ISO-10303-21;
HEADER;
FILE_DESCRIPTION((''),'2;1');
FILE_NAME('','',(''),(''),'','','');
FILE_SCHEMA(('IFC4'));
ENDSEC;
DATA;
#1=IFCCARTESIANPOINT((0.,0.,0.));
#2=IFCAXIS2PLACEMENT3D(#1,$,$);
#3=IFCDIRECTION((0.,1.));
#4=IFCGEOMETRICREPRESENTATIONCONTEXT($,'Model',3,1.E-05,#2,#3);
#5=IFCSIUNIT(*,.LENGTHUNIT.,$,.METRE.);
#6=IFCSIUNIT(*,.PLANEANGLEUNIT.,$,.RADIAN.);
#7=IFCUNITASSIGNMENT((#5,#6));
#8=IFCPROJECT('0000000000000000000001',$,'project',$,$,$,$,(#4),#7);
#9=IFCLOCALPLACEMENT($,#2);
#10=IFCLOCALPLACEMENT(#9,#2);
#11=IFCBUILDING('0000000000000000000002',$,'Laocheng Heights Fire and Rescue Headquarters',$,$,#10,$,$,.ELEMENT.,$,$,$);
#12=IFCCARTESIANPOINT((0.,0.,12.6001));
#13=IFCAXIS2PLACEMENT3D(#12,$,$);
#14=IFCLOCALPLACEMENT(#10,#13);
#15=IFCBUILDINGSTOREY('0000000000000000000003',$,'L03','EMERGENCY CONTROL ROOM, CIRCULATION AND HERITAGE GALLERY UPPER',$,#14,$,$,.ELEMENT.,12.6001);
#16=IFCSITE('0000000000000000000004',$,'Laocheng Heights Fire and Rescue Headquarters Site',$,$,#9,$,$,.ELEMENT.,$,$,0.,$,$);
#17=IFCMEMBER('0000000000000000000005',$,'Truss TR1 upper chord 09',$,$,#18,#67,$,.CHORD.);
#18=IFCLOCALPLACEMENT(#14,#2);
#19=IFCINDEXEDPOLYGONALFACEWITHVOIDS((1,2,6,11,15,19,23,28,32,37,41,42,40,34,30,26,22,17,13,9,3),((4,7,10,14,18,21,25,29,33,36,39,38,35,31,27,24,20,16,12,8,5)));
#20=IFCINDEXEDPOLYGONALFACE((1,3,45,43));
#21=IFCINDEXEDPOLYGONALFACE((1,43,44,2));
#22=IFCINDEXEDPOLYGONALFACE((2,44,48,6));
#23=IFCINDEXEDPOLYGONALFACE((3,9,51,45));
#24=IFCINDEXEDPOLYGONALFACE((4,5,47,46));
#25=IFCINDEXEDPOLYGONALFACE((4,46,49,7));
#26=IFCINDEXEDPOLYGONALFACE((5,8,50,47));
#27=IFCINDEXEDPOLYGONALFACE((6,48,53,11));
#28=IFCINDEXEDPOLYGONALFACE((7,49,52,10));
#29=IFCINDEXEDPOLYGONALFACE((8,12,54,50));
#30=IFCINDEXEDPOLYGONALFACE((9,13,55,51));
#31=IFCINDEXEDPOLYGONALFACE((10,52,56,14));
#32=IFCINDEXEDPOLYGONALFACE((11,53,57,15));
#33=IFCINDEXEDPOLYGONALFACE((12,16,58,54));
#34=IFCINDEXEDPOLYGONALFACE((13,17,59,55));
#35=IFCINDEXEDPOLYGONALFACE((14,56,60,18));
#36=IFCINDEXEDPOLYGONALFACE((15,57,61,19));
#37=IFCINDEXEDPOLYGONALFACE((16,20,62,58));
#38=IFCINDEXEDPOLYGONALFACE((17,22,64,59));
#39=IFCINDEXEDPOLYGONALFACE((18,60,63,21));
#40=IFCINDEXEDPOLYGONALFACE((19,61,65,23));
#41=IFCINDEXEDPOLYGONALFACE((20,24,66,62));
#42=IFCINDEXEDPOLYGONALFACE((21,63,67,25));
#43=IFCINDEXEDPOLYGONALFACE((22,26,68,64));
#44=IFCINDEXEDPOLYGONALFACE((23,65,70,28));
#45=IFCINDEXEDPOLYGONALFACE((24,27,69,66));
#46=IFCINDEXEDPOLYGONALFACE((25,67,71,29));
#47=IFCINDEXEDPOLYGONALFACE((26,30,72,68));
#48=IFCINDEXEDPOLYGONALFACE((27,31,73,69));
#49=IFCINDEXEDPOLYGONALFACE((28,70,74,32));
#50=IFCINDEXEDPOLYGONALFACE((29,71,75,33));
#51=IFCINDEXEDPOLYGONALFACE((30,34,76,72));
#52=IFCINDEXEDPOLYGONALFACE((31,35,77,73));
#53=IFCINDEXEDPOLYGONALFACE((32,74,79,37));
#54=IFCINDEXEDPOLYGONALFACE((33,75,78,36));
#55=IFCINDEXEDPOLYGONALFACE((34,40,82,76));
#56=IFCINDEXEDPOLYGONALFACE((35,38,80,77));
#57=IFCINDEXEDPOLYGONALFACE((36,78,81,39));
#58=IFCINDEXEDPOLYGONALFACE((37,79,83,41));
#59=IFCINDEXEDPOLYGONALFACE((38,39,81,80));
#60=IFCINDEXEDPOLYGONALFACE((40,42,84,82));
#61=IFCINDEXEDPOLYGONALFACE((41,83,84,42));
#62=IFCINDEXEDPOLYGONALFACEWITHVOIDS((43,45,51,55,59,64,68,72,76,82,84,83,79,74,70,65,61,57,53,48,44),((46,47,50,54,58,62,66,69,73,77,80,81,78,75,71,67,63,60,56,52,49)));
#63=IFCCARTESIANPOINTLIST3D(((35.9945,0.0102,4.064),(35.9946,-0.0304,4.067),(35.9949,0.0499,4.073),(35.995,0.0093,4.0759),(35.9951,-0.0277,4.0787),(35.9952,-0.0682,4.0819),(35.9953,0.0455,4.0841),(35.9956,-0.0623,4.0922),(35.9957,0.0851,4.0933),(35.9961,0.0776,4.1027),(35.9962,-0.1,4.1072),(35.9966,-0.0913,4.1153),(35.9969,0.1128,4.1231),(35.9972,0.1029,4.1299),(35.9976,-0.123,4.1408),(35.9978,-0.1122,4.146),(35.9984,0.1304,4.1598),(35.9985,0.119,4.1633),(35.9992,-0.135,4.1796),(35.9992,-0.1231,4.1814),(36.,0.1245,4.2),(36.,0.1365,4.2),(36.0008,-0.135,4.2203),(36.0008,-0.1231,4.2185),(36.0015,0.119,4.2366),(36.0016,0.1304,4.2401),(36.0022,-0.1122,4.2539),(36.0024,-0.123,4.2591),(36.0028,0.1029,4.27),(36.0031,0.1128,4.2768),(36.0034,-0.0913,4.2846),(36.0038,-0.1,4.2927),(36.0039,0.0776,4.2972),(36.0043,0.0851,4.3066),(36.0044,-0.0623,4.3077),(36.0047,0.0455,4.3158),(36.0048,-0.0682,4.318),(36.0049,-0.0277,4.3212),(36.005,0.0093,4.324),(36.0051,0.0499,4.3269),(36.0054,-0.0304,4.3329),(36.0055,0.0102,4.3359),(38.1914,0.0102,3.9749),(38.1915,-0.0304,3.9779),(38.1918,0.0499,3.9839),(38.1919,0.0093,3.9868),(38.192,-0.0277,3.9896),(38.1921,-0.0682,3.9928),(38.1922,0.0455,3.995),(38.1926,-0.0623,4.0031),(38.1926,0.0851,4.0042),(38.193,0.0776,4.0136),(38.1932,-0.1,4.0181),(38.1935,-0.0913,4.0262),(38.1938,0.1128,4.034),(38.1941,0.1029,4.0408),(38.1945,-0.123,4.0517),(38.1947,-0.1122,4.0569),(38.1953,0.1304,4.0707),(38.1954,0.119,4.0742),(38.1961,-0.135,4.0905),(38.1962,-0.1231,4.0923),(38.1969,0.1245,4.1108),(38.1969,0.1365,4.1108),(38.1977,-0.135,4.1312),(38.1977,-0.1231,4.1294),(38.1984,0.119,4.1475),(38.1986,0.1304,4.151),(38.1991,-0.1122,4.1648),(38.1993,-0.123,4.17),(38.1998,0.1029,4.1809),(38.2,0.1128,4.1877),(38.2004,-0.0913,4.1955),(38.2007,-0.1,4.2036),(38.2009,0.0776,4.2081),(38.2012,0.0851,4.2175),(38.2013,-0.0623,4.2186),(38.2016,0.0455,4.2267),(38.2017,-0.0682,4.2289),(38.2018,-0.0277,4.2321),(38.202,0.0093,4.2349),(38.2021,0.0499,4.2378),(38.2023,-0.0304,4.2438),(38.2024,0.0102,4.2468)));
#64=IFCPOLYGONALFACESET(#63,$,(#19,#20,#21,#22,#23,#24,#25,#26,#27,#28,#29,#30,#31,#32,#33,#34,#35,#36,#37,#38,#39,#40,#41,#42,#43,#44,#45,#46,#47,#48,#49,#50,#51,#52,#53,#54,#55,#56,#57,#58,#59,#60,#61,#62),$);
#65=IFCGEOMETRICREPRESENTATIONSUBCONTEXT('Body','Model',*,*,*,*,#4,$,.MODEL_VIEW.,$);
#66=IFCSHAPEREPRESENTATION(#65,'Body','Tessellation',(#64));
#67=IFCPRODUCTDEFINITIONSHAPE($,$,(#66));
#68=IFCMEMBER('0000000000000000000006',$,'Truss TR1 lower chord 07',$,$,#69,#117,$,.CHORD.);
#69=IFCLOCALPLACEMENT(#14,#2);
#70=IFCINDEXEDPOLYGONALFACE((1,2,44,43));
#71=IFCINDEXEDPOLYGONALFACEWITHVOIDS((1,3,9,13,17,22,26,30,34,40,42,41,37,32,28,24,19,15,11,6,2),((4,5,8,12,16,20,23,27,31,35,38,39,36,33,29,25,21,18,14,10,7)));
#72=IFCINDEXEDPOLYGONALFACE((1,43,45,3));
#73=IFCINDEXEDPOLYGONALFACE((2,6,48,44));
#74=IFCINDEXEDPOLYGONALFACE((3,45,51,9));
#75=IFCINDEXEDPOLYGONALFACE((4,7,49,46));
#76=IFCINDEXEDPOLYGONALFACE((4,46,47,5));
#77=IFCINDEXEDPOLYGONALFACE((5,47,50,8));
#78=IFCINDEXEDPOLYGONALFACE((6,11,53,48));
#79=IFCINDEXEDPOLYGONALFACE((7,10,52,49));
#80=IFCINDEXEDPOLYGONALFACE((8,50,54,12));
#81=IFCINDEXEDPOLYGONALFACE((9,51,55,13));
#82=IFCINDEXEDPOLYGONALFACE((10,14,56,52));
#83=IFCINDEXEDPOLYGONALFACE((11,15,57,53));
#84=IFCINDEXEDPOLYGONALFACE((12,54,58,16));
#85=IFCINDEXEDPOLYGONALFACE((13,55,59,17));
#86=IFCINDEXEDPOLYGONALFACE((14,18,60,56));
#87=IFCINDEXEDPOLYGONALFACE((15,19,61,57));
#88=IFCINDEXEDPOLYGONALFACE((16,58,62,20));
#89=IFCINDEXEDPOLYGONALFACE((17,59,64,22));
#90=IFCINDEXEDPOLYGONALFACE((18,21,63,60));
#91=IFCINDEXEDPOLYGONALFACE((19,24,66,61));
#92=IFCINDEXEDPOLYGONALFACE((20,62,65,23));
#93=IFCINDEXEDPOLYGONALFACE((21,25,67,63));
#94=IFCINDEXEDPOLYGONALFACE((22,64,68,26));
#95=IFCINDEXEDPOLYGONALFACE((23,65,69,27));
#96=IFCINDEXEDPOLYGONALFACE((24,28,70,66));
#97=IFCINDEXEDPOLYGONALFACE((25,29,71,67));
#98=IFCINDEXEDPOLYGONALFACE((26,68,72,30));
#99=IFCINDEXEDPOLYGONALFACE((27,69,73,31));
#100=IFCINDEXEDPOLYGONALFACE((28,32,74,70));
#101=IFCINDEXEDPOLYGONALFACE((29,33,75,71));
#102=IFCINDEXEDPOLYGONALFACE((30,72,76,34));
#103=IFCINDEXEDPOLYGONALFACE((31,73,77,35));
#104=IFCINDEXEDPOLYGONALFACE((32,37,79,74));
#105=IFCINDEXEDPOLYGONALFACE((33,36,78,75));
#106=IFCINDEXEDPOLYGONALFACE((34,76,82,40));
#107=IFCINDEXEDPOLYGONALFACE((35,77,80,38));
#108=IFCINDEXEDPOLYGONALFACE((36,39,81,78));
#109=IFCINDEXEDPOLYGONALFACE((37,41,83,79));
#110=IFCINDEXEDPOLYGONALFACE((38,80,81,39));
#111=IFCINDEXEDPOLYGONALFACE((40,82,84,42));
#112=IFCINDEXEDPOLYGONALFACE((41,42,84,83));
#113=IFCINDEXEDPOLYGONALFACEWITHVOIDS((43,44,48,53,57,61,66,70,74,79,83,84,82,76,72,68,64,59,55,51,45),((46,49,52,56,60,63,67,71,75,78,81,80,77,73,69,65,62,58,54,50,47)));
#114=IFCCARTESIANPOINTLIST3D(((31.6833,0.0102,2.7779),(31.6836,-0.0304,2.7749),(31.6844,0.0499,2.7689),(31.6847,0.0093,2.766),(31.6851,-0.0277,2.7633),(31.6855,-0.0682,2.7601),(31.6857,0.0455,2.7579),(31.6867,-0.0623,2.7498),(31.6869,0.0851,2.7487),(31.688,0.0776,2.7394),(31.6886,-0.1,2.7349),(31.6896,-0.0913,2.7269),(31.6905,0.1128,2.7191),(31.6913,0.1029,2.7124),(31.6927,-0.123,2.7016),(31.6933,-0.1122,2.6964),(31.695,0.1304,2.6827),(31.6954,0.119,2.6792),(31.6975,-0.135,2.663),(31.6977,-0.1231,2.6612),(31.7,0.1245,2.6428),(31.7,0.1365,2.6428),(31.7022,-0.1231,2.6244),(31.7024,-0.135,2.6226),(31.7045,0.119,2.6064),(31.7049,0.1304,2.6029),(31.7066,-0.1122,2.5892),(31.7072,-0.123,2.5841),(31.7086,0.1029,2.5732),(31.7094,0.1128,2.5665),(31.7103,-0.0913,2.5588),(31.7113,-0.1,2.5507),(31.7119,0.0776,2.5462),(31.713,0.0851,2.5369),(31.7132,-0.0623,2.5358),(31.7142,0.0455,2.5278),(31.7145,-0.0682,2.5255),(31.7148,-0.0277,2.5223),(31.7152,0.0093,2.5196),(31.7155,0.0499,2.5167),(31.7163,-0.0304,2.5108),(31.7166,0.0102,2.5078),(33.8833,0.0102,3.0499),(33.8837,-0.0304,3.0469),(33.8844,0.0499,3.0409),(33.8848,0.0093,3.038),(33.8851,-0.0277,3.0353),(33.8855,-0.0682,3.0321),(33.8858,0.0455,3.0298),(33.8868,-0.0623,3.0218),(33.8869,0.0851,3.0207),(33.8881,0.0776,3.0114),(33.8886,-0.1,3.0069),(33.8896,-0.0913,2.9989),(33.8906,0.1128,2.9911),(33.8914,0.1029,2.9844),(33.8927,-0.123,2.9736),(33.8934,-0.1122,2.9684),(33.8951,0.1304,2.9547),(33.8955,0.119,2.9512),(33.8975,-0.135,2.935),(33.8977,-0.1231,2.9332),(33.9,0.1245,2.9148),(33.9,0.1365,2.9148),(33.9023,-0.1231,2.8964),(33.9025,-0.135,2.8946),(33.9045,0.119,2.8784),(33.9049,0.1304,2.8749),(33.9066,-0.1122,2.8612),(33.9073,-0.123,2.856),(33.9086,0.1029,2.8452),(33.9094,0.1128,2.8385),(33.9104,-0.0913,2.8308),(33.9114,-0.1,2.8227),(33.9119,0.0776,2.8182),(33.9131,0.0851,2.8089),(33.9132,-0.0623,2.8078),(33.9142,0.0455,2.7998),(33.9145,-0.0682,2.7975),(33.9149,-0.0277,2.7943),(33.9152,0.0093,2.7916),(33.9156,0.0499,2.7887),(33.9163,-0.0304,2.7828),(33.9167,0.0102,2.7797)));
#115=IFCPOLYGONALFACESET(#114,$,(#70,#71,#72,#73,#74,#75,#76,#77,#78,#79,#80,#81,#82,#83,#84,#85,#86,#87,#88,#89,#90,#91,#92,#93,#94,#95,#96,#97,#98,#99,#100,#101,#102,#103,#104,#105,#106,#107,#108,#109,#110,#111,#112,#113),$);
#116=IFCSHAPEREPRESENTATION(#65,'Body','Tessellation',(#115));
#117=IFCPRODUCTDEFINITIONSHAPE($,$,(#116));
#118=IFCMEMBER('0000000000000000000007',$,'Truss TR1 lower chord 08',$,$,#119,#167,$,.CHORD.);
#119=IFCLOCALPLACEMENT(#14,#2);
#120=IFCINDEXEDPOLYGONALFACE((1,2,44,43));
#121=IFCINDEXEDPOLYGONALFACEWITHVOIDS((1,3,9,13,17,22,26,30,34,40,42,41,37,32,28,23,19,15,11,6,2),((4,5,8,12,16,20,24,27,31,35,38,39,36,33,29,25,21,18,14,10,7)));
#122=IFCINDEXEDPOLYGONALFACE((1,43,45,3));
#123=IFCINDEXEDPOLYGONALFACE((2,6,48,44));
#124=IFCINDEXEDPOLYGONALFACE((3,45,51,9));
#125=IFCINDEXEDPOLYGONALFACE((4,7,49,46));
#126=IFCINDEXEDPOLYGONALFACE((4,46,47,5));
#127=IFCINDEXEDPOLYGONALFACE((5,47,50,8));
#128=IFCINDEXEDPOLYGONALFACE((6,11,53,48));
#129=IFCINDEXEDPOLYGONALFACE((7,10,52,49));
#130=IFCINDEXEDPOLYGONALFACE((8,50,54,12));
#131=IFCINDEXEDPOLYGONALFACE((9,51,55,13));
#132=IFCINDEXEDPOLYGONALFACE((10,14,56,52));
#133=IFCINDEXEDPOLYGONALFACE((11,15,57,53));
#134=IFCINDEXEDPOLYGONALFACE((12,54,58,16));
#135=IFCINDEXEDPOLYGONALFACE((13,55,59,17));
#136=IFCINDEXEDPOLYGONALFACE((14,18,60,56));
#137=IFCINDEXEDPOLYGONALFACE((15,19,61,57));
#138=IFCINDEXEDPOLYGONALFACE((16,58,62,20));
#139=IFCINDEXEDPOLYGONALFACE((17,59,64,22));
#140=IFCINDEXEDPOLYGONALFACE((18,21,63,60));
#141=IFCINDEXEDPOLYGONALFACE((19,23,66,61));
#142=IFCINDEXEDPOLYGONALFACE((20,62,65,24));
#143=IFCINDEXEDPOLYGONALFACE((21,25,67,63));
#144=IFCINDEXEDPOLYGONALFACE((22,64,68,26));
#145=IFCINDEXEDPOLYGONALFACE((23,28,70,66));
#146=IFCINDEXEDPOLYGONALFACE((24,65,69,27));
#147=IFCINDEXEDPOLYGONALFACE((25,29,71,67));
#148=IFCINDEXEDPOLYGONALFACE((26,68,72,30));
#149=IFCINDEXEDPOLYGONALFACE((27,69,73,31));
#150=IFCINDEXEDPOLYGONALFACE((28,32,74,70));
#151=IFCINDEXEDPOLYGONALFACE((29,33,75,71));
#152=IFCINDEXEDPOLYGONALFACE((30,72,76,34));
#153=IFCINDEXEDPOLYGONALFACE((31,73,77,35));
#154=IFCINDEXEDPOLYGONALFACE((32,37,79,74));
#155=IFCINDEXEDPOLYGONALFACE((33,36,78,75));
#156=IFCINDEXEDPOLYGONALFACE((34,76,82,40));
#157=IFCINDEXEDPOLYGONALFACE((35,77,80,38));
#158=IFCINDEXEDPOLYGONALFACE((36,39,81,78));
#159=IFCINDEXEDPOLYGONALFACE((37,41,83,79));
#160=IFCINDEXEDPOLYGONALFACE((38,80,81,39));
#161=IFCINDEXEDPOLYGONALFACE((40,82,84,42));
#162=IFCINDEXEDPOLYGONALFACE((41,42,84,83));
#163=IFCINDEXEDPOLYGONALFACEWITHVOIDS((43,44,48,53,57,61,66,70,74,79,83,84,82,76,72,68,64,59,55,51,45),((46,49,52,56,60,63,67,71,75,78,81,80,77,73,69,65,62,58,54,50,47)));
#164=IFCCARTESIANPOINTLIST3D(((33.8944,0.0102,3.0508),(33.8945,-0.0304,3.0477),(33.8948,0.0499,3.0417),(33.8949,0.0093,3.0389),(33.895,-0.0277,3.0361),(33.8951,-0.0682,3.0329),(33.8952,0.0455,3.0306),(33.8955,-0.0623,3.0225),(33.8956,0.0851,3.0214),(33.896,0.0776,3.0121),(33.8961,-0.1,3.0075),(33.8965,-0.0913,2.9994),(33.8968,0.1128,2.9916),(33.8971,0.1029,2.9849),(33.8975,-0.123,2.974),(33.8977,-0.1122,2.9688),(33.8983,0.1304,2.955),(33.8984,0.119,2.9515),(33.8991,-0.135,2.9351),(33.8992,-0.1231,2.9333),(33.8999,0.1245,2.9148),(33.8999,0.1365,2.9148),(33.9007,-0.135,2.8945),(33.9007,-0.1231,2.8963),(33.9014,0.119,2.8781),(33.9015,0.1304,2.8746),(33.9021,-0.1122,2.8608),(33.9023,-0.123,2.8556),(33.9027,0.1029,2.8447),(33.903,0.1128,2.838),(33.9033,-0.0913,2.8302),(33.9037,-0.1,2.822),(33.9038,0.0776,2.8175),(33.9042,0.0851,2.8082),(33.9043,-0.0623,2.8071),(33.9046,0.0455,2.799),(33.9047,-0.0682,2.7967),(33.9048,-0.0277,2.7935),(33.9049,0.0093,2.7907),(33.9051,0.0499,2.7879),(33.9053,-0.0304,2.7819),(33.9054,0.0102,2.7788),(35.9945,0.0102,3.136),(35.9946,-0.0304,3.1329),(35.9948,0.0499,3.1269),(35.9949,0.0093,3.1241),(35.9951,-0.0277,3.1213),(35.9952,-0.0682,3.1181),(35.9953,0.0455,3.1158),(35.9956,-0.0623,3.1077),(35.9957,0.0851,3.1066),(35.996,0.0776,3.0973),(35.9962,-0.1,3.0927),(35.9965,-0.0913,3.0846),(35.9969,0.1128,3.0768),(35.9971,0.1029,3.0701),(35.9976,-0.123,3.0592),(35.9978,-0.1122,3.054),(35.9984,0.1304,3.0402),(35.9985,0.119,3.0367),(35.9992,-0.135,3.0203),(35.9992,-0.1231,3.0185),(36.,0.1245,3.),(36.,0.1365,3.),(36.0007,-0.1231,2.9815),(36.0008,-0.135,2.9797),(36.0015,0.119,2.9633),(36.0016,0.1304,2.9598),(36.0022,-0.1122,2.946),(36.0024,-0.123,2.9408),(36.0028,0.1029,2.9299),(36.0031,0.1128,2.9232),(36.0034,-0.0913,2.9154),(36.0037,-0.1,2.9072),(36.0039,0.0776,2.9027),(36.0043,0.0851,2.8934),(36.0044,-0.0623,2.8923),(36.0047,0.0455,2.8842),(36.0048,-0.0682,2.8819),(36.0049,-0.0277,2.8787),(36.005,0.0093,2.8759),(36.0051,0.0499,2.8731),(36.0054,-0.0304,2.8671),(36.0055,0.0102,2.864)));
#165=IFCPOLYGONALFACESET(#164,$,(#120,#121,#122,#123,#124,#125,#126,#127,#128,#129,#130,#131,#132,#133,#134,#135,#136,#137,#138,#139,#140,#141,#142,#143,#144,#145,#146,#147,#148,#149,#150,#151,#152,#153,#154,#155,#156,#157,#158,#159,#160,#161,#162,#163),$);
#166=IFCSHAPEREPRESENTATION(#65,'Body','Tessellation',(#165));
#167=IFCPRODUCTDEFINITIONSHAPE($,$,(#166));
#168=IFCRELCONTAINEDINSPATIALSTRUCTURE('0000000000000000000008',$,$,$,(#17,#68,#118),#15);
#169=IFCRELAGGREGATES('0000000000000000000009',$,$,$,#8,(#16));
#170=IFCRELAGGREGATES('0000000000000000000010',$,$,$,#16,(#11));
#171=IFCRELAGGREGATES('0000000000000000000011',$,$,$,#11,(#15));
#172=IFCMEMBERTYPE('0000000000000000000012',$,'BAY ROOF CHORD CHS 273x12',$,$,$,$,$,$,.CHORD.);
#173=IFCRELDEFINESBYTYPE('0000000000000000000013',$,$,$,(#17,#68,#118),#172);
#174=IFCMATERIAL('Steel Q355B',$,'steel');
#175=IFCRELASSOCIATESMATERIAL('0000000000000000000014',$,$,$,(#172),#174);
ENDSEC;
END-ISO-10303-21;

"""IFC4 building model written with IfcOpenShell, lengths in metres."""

from ifc_helpers import new_model, si_unit, direction, frame, origin, origin_2d, place, context, subcontext, project, spatial, hollow_circle, extrude, material, material_profile, profile_set, type_object, element, save


model = new_model("IFC4")

# Units and contexts
model_context = context("Model", 3, precision=1e-05, world=origin(), true_north=direction((0.0, 1.0)))
body_context = subcontext(model_context, "Body", "Model", "MODEL_VIEW")
ifc_project = project(units=[si_unit("LENGTHUNIT", "METRE"), si_unit("PLANEANGLEUNIT", "RADIAN")], contexts=[model_context])

# Site, building, storey
site_placement = place(None, origin())
site = spatial("IfcSite", under=ifc_project, at=site_placement, Name="Laocheng Heights Fire and Rescue Headquarters Site", CompositionType="ELEMENT", RefElevation=0.0)
building_placement = place(site_placement, origin())
building = spatial("IfcBuilding", under=site, at=building_placement, Name="Laocheng Heights Fire and Rescue Headquarters", CompositionType="ELEMENT")
storey_placement = place(building_placement, frame((0.0, 0.0, 12.6001)))
storey = spatial("IfcBuildingStorey", under=building, at=storey_placement, Name="L03", Description="EMERGENCY CONTROL ROOM, CIRCULATION AND HERITAGE GALLERY UPPER", CompositionType="ELEMENT", Elevation=12.6001)

# Members
ifc_material_1 = material(Name="Steel Q355B", Category="steel")
ifc_material_profile_1 = material_profile(ifc_material_1, hollow_circle(Radius=0.1365, WallThickness=0.012, at=origin_2d()), Name="CHS 273x12")
ifc_profile_set_1 = profile_set([ifc_material_profile_1], Name="Steel Q355B")
member_type_1 = type_object("IfcMemberType", Name="BAY ROOF CHORD CHS 273x12", PredefinedType="CHORD", material=ifc_profile_set_1)
for number, where, z_axis, x_axis, name in (
    (1, (36.0, 0.0, 4.2), (0.999178, 0.0, -0.040527), (0.0, 1.0, 0.0), "Truss TR1 upper chord 09"),
):
    element("IfcMember", number, at=place(storey_placement, frame(where, z_axis=z_axis, x_axis=x_axis)), inside=storey, type_object=member_type_1, Name=name, PredefinedType="CHORD", context=body_context, shape_type="SweptSolid", body=[
        extrude(hollow_circle(Radius=0.1365, WallThickness=0.012, at=origin_2d()), origin(), (0.0, 0.0, 1.0), 2.1987),
    ])
member_1_placement = place(storey_placement, frame((31.7, 0.0, 2.6428), z_axis=(0.992445, 0.0, 0.122693), x_axis=(0.0, 1.0, 0.0)))
element("IfcMember", 2, at=member_1_placement, inside=storey, type_object=member_type_1, Name="Truss TR1 lower chord 07", PredefinedType="CHORD", context=body_context, shape_type="SweptSolid", body=[
    extrude(hollow_circle(Radius=0.1365, WallThickness=0.012, at=origin_2d()), origin(), (0.0, 0.0, 1.0), 2.2168),
])
for number, where, z_axis, x_axis, name in (
    (3, (33.8999, 0.0, 2.9148), (0.999178, 0.0, 0.040539), (0.0, 1.0, 0.0), "Truss TR1 lower chord 08"),
):
    element("IfcMember", number, at=place(storey_placement, frame(where, z_axis=z_axis, x_axis=x_axis)), inside=storey, type_object=member_type_1, Name=name, PredefinedType="CHORD", context=body_context, shape_type="SweptSolid", body=[
        extrude(hollow_circle(Radius=0.1365, WallThickness=0.012, at=origin_2d()), origin(), (0.0, 0.0, 1.0), 2.1018),
    ])

save(model, "model.ifc")
